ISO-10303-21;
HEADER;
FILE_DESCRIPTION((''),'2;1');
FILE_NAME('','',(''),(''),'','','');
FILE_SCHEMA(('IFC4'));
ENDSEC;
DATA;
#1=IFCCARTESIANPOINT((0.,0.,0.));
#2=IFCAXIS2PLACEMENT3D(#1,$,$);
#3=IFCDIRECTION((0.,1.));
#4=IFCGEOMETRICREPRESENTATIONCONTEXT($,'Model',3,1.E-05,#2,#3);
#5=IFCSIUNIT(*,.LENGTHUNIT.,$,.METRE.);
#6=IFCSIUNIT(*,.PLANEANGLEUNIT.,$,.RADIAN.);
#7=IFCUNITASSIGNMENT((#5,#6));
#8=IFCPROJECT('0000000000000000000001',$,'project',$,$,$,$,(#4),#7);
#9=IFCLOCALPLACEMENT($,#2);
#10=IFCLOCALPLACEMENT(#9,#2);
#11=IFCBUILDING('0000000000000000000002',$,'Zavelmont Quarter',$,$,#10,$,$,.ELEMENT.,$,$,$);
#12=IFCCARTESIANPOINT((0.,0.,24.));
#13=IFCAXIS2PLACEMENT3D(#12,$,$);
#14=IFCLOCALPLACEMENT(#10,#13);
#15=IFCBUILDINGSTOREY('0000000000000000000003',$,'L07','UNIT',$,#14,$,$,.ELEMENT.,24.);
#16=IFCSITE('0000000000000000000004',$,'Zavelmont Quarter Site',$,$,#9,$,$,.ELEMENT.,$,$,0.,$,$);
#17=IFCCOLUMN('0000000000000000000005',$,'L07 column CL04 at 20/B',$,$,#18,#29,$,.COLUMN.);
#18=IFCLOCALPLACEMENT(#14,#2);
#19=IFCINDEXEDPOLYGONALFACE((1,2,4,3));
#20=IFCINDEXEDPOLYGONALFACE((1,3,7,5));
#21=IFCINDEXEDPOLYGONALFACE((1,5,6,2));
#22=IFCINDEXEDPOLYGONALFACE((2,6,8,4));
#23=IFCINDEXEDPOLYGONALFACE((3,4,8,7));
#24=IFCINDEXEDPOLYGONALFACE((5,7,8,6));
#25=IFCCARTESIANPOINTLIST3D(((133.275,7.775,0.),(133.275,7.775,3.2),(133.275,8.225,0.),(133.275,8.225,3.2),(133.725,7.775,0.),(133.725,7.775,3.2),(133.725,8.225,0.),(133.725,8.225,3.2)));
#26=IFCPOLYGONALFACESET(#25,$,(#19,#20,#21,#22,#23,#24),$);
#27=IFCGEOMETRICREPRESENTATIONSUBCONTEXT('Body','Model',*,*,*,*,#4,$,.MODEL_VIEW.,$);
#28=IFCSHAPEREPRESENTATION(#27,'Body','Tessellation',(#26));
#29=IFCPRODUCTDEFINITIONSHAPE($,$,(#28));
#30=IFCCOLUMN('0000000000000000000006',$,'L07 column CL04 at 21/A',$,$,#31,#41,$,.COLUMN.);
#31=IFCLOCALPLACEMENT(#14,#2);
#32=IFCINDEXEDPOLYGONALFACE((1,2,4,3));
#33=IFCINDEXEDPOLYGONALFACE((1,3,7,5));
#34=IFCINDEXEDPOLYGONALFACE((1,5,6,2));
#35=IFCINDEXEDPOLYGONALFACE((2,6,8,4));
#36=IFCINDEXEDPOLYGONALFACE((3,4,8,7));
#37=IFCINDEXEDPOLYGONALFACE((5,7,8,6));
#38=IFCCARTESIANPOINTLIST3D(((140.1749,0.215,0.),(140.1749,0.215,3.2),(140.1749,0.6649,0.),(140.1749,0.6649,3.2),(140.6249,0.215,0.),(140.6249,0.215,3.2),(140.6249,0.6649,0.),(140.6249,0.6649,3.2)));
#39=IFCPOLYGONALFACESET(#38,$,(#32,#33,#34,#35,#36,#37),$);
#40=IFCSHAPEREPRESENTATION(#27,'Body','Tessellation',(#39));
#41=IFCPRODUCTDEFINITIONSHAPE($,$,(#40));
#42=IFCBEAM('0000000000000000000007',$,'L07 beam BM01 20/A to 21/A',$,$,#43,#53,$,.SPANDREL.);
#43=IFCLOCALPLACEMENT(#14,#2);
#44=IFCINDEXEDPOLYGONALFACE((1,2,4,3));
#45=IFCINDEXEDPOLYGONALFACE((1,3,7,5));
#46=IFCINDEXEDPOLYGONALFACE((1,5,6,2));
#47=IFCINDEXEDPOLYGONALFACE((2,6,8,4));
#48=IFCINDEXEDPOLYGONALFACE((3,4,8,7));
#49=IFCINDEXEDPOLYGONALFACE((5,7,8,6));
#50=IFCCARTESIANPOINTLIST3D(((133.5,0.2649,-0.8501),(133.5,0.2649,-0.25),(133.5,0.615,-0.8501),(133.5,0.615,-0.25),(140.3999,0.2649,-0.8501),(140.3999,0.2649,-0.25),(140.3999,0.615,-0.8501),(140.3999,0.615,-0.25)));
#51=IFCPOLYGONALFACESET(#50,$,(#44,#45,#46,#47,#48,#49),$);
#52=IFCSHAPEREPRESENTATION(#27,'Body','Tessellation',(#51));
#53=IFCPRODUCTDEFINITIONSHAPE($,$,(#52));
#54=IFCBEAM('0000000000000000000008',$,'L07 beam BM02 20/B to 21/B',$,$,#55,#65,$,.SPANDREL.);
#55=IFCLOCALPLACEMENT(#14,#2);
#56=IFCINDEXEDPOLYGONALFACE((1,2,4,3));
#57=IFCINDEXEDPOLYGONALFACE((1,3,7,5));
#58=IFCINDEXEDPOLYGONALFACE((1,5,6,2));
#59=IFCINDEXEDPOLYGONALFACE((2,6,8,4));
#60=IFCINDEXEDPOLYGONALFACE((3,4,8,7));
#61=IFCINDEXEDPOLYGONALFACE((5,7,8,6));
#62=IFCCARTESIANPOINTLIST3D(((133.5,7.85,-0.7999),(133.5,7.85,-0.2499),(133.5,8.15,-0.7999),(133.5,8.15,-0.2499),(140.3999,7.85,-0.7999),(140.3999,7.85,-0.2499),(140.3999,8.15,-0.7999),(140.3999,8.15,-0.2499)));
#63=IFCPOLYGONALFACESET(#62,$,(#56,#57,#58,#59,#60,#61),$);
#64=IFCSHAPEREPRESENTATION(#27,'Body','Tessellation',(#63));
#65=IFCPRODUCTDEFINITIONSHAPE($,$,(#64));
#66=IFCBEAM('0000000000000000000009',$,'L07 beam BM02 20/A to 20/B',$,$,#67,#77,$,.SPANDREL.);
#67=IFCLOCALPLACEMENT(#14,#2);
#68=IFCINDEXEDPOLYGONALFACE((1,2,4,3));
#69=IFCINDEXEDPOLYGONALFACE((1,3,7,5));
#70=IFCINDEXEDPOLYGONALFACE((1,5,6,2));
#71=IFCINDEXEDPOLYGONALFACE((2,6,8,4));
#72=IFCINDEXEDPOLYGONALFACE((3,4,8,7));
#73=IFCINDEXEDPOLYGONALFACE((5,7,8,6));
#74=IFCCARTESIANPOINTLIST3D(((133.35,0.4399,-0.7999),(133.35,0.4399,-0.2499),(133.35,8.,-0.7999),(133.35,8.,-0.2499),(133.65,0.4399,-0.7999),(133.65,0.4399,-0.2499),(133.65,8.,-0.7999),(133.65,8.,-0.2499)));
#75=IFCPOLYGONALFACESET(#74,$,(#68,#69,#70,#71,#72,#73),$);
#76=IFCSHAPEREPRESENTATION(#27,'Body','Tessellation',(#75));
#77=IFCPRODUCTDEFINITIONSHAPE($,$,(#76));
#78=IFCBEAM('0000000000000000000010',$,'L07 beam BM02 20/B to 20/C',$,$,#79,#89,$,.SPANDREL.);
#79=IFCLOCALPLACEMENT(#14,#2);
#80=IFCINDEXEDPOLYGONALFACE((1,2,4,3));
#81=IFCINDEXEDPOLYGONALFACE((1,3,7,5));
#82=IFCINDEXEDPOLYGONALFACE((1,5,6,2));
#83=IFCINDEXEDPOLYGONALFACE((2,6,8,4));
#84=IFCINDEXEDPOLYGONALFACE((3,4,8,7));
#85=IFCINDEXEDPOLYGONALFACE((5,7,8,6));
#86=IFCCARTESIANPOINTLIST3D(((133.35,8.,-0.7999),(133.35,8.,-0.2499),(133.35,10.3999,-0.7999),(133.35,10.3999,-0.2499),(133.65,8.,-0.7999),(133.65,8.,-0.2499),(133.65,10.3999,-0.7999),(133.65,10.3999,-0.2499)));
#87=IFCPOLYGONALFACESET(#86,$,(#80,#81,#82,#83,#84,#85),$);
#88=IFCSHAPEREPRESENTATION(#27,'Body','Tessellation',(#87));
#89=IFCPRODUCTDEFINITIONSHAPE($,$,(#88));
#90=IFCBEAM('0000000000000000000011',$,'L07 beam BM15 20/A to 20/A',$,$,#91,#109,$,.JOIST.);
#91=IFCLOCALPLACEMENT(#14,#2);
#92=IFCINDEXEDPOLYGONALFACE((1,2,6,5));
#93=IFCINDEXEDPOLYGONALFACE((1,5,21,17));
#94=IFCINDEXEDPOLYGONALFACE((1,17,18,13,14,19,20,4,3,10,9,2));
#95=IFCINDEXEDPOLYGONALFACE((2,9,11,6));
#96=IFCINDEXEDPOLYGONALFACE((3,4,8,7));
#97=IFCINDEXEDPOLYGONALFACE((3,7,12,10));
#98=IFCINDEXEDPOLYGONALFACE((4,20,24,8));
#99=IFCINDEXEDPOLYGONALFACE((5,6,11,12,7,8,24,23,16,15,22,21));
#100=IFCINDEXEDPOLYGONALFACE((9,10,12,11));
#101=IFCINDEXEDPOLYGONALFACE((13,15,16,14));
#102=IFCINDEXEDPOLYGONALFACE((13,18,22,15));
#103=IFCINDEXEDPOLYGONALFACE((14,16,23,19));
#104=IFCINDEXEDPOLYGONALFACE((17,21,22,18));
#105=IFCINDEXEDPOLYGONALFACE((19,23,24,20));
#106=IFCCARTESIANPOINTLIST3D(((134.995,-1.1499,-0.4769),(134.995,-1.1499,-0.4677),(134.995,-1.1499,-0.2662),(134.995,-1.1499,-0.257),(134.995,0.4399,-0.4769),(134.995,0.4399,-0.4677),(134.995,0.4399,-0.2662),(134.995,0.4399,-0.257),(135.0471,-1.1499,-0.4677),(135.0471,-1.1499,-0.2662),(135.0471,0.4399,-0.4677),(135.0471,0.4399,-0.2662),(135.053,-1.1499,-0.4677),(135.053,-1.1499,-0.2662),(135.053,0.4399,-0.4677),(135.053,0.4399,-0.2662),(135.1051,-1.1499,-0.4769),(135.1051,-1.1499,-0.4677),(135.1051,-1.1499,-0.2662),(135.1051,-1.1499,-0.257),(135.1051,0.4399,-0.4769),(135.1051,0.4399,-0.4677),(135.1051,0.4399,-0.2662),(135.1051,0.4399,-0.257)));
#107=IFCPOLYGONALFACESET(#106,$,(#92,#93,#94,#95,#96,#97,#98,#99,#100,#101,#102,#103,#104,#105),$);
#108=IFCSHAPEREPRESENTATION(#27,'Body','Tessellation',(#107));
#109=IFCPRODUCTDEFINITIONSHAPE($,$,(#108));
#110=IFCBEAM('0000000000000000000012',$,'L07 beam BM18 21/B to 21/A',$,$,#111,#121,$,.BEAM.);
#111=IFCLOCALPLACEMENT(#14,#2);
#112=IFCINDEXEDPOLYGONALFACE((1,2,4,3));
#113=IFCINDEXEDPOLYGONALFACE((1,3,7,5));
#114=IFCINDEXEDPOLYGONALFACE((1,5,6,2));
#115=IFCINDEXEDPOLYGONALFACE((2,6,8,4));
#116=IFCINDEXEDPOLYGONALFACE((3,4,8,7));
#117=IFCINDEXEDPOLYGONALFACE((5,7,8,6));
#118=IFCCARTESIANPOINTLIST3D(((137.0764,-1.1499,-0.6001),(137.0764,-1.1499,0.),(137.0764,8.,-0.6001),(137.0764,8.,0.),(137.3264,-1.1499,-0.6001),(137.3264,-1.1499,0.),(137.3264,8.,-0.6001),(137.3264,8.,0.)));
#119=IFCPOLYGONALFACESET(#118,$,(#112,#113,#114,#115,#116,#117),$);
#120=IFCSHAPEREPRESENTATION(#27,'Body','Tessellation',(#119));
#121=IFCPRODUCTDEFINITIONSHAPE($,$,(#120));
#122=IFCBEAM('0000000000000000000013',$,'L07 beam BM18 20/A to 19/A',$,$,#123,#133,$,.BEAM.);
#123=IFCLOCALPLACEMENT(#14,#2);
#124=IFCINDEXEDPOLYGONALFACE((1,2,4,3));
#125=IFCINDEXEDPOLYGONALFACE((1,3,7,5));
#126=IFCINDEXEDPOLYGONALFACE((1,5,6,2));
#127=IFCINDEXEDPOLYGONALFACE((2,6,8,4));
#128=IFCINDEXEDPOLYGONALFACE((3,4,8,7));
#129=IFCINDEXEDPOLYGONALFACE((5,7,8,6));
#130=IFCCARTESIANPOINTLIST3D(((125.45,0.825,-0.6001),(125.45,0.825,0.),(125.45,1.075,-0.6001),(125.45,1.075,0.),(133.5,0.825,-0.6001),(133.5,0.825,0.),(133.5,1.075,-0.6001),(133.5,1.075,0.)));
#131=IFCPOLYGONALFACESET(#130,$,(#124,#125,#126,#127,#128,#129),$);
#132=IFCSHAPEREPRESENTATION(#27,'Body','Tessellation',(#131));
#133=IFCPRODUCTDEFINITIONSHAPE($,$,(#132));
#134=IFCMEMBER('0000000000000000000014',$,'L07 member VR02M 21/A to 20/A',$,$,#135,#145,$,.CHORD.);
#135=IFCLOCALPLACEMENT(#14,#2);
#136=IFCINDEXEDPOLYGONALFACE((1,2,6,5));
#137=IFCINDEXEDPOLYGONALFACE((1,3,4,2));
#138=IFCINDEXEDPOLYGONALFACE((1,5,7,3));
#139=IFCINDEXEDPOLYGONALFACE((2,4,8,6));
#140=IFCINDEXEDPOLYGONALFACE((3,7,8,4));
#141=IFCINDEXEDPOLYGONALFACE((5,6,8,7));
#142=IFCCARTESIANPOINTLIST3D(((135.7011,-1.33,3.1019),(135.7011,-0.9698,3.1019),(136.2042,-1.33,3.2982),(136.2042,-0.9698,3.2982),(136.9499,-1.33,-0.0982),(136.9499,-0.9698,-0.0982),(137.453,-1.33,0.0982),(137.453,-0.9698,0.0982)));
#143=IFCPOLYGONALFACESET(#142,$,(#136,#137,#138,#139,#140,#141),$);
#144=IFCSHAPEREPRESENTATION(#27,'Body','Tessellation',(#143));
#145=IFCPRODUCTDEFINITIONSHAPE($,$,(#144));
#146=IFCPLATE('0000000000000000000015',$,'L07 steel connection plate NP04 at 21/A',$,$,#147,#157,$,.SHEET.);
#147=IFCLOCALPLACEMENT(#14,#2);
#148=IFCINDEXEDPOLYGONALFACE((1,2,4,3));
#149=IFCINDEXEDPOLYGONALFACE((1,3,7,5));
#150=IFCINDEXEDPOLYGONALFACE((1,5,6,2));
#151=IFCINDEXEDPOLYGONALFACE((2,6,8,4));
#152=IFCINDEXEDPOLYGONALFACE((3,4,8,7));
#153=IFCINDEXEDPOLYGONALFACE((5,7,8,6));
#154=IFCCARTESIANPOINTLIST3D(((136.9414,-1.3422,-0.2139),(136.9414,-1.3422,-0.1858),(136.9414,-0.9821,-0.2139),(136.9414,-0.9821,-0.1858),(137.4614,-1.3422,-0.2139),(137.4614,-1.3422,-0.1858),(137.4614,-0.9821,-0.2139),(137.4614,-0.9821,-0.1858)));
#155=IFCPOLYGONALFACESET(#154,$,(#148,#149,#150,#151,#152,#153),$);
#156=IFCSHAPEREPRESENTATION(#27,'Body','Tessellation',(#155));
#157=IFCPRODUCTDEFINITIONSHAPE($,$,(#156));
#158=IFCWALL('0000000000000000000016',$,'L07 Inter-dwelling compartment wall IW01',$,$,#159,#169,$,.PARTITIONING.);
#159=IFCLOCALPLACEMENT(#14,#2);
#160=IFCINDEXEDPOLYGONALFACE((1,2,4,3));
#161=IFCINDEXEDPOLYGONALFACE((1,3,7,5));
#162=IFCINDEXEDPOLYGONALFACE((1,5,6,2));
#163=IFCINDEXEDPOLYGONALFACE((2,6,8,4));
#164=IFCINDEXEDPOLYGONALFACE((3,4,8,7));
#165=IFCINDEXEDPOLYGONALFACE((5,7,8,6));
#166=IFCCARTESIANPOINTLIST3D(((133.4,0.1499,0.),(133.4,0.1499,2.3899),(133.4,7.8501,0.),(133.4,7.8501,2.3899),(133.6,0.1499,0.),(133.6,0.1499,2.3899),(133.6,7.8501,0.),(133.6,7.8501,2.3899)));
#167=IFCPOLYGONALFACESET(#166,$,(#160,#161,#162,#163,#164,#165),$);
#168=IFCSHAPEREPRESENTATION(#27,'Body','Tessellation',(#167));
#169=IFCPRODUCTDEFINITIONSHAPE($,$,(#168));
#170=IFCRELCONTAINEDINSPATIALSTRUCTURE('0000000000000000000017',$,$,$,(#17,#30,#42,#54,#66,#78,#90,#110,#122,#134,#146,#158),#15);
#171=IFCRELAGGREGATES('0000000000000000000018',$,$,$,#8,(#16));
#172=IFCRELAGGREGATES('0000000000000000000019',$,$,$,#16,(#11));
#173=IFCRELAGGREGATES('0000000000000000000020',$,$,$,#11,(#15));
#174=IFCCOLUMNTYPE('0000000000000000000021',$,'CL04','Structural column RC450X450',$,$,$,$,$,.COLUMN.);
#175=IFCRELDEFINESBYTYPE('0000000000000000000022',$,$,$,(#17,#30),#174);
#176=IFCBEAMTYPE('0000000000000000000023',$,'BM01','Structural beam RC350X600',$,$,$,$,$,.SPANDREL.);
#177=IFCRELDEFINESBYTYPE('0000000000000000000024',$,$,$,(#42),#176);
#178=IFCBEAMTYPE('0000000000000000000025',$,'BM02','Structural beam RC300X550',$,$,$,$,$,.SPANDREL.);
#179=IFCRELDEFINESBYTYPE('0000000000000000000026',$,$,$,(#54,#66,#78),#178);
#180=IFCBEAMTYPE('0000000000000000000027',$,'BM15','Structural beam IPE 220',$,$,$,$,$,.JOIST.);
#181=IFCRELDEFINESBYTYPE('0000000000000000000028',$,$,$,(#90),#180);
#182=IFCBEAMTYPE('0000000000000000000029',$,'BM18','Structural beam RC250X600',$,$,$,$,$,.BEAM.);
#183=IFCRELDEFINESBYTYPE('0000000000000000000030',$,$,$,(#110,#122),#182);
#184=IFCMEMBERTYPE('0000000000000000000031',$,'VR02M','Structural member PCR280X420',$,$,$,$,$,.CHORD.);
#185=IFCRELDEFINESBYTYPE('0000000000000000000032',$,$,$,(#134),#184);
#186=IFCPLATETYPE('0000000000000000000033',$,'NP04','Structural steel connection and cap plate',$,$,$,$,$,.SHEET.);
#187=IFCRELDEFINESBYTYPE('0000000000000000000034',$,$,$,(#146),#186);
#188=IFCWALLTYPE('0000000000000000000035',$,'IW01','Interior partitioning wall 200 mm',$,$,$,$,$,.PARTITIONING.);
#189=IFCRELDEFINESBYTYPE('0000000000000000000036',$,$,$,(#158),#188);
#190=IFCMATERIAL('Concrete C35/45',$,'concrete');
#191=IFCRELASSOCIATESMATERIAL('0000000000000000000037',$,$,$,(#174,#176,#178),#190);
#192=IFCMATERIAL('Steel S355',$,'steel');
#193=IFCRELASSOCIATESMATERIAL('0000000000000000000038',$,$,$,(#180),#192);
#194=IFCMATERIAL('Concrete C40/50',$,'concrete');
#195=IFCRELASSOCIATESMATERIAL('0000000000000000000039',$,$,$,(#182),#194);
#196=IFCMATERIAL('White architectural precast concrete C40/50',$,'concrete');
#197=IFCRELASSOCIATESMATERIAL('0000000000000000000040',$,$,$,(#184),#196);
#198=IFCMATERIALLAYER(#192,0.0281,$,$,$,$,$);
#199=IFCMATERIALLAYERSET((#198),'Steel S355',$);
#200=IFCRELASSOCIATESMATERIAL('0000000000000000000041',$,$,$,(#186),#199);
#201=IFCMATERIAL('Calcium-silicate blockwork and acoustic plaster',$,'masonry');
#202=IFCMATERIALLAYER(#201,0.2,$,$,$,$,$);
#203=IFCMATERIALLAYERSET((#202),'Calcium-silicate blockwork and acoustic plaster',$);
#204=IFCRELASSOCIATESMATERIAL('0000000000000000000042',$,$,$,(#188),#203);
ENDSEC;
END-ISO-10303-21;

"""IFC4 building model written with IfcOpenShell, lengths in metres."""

from ifc_helpers import new_model, si_unit, direction, frame, frame_2d, origin, origin_2d, place, context, subcontext, project, spatial, rectangle, i_section, extrude, material, layer, layer_set, material_profile, profile_set, type_object, element, save


model = new_model("IFC4")

# Units and contexts
model_context = context("Model", 3, precision=1e-05, world=origin(), true_north=direction((0.0, 1.0)))
body_context = subcontext(model_context, "Body", "Model", "MODEL_VIEW")
ifc_project = project(units=[si_unit("LENGTHUNIT", "METRE"), si_unit("PLANEANGLEUNIT", "RADIAN")], contexts=[model_context])

# Site, building, storey
site_placement = place(None, origin())
site = spatial("IfcSite", under=ifc_project, at=site_placement, Name="Zavelmont Quarter Site", CompositionType="ELEMENT", RefElevation=0.0)
building_placement = place(site_placement, origin())
building = spatial("IfcBuilding", under=site, at=building_placement, Name="Zavelmont Quarter", CompositionType="ELEMENT")
storey_placement = place(building_placement, frame((0.0, 0.0, 24.0)))
storey = spatial("IfcBuildingStorey", under=building, at=storey_placement, Name="L07", Description="UNIT", CompositionType="ELEMENT", Elevation=24.0)

# Columns
ifc_material_1 = material(Name="Concrete C35/45", Category="concrete")
ifc_material_profile_1 = material_profile(ifc_material_1, rectangle(XDim=0.45, YDim=0.45, at=origin_2d()), Name="RC450X450")
ifc_profile_set_1 = profile_set([ifc_material_profile_1], Name="Concrete C35/45")
column_type = type_object("IfcColumnType", Name="CL04", Description="Structural column RC450X450", PredefinedType="COLUMN", material=ifc_profile_set_1)
for number, where, z_axis, x_axis, name in (
    (1, (133.5, 8.0, 0.0), (0.0, 0.0, 1.0), (1.0, 0.0, 0.0), "L07 column CL04 at 20/B"),
    (2, (140.3999, 0.4399, 0.0), (0.0, 0.0, 1.0), (1.0, 0.0, 0.0), "L07 column CL04 at 21/A"),
):
    element("IfcColumn", number, at=place(storey_placement, frame(where, z_axis=z_axis, x_axis=x_axis)), inside=storey, type_object=column_type, Name=name, PredefinedType="COLUMN", context=body_context, shape_type="SweptSolid", body=[
        extrude(rectangle(XDim=0.45, YDim=0.45, at=origin_2d()), origin(), (0.0, 0.0, 1.0), 3.2),
    ])

# Beams
ifc_material_profile_2 = material_profile(ifc_material_1, rectangle(XDim=0.3501, YDim=0.6001, at=origin_2d()), Name="RC350X600")
ifc_profile_set_2 = profile_set([ifc_material_profile_2], Name="Concrete C35/45")
beam_type_1 = type_object("IfcBeamType", Name="BM01", Description="Structural beam RC350X600", PredefinedType="SPANDREL", material=ifc_profile_set_2)
beam_1_placement = place(storey_placement, frame((133.5, 0.4399, -0.55), z_axis=(1.0, 0.0, 0.0), x_axis=(0.0, 1.0, 0.0)))
element("IfcBeam", 3, at=beam_1_placement, inside=storey, type_object=beam_type_1, Name="L07 beam BM01 20/A to 21/A", PredefinedType="SPANDREL", context=body_context, shape_type="SweptSolid", body=[
    extrude(rectangle(XDim=0.3501, YDim=0.6001, at=origin_2d()), origin(), (0.0, 0.0, 1.0), 6.8999),
])
ifc_material_profile_3 = material_profile(ifc_material_1, rectangle(XDim=0.3, YDim=0.55, at=origin_2d()), Name="RC300X550")
ifc_profile_set_3 = profile_set([ifc_material_profile_3], Name="Concrete C35/45")
beam_type_2 = type_object("IfcBeamType", Name="BM02", Description="Structural beam RC300X550", PredefinedType="SPANDREL", material=ifc_profile_set_3)
beam_2_placement = place(storey_placement, frame((133.5, 8.0, -0.5249), z_axis=(1.0, 0.0, 0.0), x_axis=(0.0, 1.0, 0.0)))
element("IfcBeam", 4, at=beam_2_placement, inside=storey, type_object=beam_type_2, Name="L07 beam BM02 20/B to 21/B", PredefinedType="SPANDREL", context=body_context, shape_type="SweptSolid", body=[
    extrude(rectangle(XDim=0.3, YDim=0.55, at=origin_2d()), origin(), (0.0, 0.0, 1.0), 6.8999),
])
beam_3_placement = place(storey_placement, frame((133.5, 0.4399, -0.5249), z_axis=(0.0, 1.0, 0.0), x_axis=(-1.0, 0.0, 0.0)))
element("IfcBeam", 5, at=beam_3_placement, inside=storey, type_object=beam_type_2, Name="L07 beam BM02 20/A to 20/B", PredefinedType="SPANDREL", context=body_context, shape_type="SweptSolid", body=[
    extrude(rectangle(XDim=0.3, YDim=0.55, at=origin_2d()), origin(), (0.0, 0.0, 1.0), 7.5601),
])
beam_4_placement = place(storey_placement, frame((133.5, 8.0, -0.5249), z_axis=(0.0, 1.0, 0.0), x_axis=(-1.0, 0.0, 0.0)))
element("IfcBeam", 6, at=beam_4_placement, inside=storey, type_object=beam_type_2, Name="L07 beam BM02 20/B to 20/C", PredefinedType="SPANDREL", context=body_context, shape_type="SweptSolid", body=[
    extrude(rectangle(XDim=0.3, YDim=0.55, at=origin_2d()), origin(), (0.0, 0.0, 1.0), 2.3999),
])
ifc_material_2 = material(Name="Steel S355", Category="steel")
ifc_material_profile_4 = material_profile(ifc_material_2, i_section(OverallWidth=0.1101, OverallDepth=0.22, WebThickness=0.0059, FlangeThickness=0.0093, at=origin_2d()), Name="IPE 220")
ifc_profile_set_4 = profile_set([ifc_material_profile_4], Name="Steel S355")
beam_type_3 = type_object("IfcBeamType", Name="BM15", Description="Structural beam IPE 220", PredefinedType="JOIST", material=ifc_profile_set_4)
beam_5_placement = place(storey_placement, frame((135.05, 0.4399, -0.3669), z_axis=(0.0, -1.0, 0.0), x_axis=(1.0, 0.0, 0.0)))
element("IfcBeam", 7, at=beam_5_placement, inside=storey, type_object=beam_type_3, Name="L07 beam BM15 20/A to 20/A", PredefinedType="JOIST", context=body_context, shape_type="SweptSolid", body=[
    extrude(i_section(OverallWidth=0.1101, OverallDepth=0.22, WebThickness=0.0059, FlangeThickness=0.0093, at=origin_2d()), origin(), (0.0, 0.0, 1.0), 1.5898),
])
ifc_material_3 = material(Name="Concrete C40/50", Category="concrete")
ifc_material_profile_5 = material_profile(ifc_material_3, rectangle(XDim=0.25, YDim=0.6001, at=origin_2d()), Name="RC250X600")
ifc_profile_set_5 = profile_set([ifc_material_profile_5], Name="Concrete C40/50")
beam_type_4 = type_object("IfcBeamType", Name="BM18", Description="Structural beam RC250X600", PredefinedType="BEAM", material=ifc_profile_set_5)
beam_6_placement = place(storey_placement, frame((137.2014, 8.0, -0.3), z_axis=(0.0, -1.0, 0.0), x_axis=(1.0, 0.0, 0.0)))
element("IfcBeam", 8, at=beam_6_placement, inside=storey, type_object=beam_type_4, Name="L07 beam BM18 21/B to 21/A", PredefinedType="BEAM", context=body_context, shape_type="SweptSolid", body=[
    extrude(rectangle(XDim=0.25, YDim=0.6001, at=origin_2d()), origin(), (0.0, 0.0, 1.0), 9.1499),
])
beam_7_placement = place(storey_placement, frame((133.5, 0.95, -0.3), z_axis=(-1.0, 0.0, 0.0), x_axis=(0.0, -1.0, 0.0)))
element("IfcBeam", 9, at=beam_7_placement, inside=storey, type_object=beam_type_4, Name="L07 beam BM18 20/A to 19/A", PredefinedType="BEAM", context=body_context, shape_type="SweptSolid", body=[
    extrude(rectangle(XDim=0.25, YDim=0.6001, at=origin_2d()), origin(), (0.0, 0.0, 1.0), 8.05),
])

# Member
ifc_material_4 = material(Name="White architectural precast concrete C40/50", Category="concrete")
ifc_material_profile_6 = material_profile(ifc_material_4, rectangle(XDim=0.3601, YDim=0.54, at=origin_2d()), Name="PCR280X420")
ifc_profile_set_6 = profile_set([ifc_material_profile_6], Name="White architectural precast concrete C40/50")
member_type = type_object("IfcMemberType", Name="VR02M", Description="Structural member PCR280X420", PredefinedType="CHORD", material=ifc_profile_set_6)
member_placement = place(storey_placement, frame((137.2014, -1.1499, 0.0), z_axis=(-0.363547, 0.0, 0.931576), x_axis=(0.0, -1.0, 0.0)))
element("IfcMember", 10, at=member_placement, inside=storey, type_object=member_type, Name="L07 member VR02M 21/A to 20/A", PredefinedType="CHORD", context=body_context, shape_type="SweptSolid", body=[
    extrude(rectangle(XDim=0.3601, YDim=0.54, at=origin_2d()), origin(), (0.0, 0.0, 1.0), 3.4351),
])

# Plate
ifc_layer_1 = layer(ifc_material_2, 0.0281)
ifc_layer_set_1 = layer_set([ifc_layer_1], Name="Steel S355")
plate_type = type_object("IfcPlateType", Name="NP04", Description="Structural steel connection and cap plate", PredefinedType="SHEET", material=ifc_layer_set_1)
plate_placement = place(storey_placement, frame((137.2014, -1.1621, -0.2139), z_axis=(0.0, 0.0, 1.0), x_axis=(1.0, 0.0, 0.0)))
element("IfcPlate", 11, at=plate_placement, inside=storey, type_object=plate_type, Name="L07 steel connection plate NP04 at 21/A", PredefinedType="SHEET", context=body_context, shape_type="SweptSolid", body=[
    extrude(rectangle(XDim=0.52, YDim=0.3601, at=origin_2d()), origin(), (0.0, 0.0, 1.0), 0.0281),
])

# Wall
ifc_material_5 = material(Name="Calcium-silicate blockwork and acoustic plaster", Category="masonry")
ifc_layer_2 = layer(ifc_material_5, 0.2)
ifc_layer_set_2 = layer_set([ifc_layer_2], Name="Calcium-silicate blockwork and acoustic plaster")
wall_type_1 = type_object("IfcWallType", Name="IW01", Description="Interior partitioning wall 200 mm", PredefinedType="PARTITIONING", material=ifc_layer_set_2)
wall_1_placement = place(storey_placement, frame((133.5, 7.8501, 0.0), z_axis=(0.0, 0.0, 1.0), x_axis=(0.0, -1.0, 0.0)))
element("IfcWall", 12, at=wall_1_placement, inside=storey, type_object=wall_type_1, Name="L07 Inter-dwelling compartment wall IW01", PredefinedType="PARTITIONING", context=body_context, shape_type="SweptSolid", body=[
    extrude(rectangle(XDim=7.7002, YDim=0.2, at=frame_2d((3.8501, 0.0))), origin(), (0.0, 0.0, 1.0), 2.3899),
])

save(model, "model.ifc")
